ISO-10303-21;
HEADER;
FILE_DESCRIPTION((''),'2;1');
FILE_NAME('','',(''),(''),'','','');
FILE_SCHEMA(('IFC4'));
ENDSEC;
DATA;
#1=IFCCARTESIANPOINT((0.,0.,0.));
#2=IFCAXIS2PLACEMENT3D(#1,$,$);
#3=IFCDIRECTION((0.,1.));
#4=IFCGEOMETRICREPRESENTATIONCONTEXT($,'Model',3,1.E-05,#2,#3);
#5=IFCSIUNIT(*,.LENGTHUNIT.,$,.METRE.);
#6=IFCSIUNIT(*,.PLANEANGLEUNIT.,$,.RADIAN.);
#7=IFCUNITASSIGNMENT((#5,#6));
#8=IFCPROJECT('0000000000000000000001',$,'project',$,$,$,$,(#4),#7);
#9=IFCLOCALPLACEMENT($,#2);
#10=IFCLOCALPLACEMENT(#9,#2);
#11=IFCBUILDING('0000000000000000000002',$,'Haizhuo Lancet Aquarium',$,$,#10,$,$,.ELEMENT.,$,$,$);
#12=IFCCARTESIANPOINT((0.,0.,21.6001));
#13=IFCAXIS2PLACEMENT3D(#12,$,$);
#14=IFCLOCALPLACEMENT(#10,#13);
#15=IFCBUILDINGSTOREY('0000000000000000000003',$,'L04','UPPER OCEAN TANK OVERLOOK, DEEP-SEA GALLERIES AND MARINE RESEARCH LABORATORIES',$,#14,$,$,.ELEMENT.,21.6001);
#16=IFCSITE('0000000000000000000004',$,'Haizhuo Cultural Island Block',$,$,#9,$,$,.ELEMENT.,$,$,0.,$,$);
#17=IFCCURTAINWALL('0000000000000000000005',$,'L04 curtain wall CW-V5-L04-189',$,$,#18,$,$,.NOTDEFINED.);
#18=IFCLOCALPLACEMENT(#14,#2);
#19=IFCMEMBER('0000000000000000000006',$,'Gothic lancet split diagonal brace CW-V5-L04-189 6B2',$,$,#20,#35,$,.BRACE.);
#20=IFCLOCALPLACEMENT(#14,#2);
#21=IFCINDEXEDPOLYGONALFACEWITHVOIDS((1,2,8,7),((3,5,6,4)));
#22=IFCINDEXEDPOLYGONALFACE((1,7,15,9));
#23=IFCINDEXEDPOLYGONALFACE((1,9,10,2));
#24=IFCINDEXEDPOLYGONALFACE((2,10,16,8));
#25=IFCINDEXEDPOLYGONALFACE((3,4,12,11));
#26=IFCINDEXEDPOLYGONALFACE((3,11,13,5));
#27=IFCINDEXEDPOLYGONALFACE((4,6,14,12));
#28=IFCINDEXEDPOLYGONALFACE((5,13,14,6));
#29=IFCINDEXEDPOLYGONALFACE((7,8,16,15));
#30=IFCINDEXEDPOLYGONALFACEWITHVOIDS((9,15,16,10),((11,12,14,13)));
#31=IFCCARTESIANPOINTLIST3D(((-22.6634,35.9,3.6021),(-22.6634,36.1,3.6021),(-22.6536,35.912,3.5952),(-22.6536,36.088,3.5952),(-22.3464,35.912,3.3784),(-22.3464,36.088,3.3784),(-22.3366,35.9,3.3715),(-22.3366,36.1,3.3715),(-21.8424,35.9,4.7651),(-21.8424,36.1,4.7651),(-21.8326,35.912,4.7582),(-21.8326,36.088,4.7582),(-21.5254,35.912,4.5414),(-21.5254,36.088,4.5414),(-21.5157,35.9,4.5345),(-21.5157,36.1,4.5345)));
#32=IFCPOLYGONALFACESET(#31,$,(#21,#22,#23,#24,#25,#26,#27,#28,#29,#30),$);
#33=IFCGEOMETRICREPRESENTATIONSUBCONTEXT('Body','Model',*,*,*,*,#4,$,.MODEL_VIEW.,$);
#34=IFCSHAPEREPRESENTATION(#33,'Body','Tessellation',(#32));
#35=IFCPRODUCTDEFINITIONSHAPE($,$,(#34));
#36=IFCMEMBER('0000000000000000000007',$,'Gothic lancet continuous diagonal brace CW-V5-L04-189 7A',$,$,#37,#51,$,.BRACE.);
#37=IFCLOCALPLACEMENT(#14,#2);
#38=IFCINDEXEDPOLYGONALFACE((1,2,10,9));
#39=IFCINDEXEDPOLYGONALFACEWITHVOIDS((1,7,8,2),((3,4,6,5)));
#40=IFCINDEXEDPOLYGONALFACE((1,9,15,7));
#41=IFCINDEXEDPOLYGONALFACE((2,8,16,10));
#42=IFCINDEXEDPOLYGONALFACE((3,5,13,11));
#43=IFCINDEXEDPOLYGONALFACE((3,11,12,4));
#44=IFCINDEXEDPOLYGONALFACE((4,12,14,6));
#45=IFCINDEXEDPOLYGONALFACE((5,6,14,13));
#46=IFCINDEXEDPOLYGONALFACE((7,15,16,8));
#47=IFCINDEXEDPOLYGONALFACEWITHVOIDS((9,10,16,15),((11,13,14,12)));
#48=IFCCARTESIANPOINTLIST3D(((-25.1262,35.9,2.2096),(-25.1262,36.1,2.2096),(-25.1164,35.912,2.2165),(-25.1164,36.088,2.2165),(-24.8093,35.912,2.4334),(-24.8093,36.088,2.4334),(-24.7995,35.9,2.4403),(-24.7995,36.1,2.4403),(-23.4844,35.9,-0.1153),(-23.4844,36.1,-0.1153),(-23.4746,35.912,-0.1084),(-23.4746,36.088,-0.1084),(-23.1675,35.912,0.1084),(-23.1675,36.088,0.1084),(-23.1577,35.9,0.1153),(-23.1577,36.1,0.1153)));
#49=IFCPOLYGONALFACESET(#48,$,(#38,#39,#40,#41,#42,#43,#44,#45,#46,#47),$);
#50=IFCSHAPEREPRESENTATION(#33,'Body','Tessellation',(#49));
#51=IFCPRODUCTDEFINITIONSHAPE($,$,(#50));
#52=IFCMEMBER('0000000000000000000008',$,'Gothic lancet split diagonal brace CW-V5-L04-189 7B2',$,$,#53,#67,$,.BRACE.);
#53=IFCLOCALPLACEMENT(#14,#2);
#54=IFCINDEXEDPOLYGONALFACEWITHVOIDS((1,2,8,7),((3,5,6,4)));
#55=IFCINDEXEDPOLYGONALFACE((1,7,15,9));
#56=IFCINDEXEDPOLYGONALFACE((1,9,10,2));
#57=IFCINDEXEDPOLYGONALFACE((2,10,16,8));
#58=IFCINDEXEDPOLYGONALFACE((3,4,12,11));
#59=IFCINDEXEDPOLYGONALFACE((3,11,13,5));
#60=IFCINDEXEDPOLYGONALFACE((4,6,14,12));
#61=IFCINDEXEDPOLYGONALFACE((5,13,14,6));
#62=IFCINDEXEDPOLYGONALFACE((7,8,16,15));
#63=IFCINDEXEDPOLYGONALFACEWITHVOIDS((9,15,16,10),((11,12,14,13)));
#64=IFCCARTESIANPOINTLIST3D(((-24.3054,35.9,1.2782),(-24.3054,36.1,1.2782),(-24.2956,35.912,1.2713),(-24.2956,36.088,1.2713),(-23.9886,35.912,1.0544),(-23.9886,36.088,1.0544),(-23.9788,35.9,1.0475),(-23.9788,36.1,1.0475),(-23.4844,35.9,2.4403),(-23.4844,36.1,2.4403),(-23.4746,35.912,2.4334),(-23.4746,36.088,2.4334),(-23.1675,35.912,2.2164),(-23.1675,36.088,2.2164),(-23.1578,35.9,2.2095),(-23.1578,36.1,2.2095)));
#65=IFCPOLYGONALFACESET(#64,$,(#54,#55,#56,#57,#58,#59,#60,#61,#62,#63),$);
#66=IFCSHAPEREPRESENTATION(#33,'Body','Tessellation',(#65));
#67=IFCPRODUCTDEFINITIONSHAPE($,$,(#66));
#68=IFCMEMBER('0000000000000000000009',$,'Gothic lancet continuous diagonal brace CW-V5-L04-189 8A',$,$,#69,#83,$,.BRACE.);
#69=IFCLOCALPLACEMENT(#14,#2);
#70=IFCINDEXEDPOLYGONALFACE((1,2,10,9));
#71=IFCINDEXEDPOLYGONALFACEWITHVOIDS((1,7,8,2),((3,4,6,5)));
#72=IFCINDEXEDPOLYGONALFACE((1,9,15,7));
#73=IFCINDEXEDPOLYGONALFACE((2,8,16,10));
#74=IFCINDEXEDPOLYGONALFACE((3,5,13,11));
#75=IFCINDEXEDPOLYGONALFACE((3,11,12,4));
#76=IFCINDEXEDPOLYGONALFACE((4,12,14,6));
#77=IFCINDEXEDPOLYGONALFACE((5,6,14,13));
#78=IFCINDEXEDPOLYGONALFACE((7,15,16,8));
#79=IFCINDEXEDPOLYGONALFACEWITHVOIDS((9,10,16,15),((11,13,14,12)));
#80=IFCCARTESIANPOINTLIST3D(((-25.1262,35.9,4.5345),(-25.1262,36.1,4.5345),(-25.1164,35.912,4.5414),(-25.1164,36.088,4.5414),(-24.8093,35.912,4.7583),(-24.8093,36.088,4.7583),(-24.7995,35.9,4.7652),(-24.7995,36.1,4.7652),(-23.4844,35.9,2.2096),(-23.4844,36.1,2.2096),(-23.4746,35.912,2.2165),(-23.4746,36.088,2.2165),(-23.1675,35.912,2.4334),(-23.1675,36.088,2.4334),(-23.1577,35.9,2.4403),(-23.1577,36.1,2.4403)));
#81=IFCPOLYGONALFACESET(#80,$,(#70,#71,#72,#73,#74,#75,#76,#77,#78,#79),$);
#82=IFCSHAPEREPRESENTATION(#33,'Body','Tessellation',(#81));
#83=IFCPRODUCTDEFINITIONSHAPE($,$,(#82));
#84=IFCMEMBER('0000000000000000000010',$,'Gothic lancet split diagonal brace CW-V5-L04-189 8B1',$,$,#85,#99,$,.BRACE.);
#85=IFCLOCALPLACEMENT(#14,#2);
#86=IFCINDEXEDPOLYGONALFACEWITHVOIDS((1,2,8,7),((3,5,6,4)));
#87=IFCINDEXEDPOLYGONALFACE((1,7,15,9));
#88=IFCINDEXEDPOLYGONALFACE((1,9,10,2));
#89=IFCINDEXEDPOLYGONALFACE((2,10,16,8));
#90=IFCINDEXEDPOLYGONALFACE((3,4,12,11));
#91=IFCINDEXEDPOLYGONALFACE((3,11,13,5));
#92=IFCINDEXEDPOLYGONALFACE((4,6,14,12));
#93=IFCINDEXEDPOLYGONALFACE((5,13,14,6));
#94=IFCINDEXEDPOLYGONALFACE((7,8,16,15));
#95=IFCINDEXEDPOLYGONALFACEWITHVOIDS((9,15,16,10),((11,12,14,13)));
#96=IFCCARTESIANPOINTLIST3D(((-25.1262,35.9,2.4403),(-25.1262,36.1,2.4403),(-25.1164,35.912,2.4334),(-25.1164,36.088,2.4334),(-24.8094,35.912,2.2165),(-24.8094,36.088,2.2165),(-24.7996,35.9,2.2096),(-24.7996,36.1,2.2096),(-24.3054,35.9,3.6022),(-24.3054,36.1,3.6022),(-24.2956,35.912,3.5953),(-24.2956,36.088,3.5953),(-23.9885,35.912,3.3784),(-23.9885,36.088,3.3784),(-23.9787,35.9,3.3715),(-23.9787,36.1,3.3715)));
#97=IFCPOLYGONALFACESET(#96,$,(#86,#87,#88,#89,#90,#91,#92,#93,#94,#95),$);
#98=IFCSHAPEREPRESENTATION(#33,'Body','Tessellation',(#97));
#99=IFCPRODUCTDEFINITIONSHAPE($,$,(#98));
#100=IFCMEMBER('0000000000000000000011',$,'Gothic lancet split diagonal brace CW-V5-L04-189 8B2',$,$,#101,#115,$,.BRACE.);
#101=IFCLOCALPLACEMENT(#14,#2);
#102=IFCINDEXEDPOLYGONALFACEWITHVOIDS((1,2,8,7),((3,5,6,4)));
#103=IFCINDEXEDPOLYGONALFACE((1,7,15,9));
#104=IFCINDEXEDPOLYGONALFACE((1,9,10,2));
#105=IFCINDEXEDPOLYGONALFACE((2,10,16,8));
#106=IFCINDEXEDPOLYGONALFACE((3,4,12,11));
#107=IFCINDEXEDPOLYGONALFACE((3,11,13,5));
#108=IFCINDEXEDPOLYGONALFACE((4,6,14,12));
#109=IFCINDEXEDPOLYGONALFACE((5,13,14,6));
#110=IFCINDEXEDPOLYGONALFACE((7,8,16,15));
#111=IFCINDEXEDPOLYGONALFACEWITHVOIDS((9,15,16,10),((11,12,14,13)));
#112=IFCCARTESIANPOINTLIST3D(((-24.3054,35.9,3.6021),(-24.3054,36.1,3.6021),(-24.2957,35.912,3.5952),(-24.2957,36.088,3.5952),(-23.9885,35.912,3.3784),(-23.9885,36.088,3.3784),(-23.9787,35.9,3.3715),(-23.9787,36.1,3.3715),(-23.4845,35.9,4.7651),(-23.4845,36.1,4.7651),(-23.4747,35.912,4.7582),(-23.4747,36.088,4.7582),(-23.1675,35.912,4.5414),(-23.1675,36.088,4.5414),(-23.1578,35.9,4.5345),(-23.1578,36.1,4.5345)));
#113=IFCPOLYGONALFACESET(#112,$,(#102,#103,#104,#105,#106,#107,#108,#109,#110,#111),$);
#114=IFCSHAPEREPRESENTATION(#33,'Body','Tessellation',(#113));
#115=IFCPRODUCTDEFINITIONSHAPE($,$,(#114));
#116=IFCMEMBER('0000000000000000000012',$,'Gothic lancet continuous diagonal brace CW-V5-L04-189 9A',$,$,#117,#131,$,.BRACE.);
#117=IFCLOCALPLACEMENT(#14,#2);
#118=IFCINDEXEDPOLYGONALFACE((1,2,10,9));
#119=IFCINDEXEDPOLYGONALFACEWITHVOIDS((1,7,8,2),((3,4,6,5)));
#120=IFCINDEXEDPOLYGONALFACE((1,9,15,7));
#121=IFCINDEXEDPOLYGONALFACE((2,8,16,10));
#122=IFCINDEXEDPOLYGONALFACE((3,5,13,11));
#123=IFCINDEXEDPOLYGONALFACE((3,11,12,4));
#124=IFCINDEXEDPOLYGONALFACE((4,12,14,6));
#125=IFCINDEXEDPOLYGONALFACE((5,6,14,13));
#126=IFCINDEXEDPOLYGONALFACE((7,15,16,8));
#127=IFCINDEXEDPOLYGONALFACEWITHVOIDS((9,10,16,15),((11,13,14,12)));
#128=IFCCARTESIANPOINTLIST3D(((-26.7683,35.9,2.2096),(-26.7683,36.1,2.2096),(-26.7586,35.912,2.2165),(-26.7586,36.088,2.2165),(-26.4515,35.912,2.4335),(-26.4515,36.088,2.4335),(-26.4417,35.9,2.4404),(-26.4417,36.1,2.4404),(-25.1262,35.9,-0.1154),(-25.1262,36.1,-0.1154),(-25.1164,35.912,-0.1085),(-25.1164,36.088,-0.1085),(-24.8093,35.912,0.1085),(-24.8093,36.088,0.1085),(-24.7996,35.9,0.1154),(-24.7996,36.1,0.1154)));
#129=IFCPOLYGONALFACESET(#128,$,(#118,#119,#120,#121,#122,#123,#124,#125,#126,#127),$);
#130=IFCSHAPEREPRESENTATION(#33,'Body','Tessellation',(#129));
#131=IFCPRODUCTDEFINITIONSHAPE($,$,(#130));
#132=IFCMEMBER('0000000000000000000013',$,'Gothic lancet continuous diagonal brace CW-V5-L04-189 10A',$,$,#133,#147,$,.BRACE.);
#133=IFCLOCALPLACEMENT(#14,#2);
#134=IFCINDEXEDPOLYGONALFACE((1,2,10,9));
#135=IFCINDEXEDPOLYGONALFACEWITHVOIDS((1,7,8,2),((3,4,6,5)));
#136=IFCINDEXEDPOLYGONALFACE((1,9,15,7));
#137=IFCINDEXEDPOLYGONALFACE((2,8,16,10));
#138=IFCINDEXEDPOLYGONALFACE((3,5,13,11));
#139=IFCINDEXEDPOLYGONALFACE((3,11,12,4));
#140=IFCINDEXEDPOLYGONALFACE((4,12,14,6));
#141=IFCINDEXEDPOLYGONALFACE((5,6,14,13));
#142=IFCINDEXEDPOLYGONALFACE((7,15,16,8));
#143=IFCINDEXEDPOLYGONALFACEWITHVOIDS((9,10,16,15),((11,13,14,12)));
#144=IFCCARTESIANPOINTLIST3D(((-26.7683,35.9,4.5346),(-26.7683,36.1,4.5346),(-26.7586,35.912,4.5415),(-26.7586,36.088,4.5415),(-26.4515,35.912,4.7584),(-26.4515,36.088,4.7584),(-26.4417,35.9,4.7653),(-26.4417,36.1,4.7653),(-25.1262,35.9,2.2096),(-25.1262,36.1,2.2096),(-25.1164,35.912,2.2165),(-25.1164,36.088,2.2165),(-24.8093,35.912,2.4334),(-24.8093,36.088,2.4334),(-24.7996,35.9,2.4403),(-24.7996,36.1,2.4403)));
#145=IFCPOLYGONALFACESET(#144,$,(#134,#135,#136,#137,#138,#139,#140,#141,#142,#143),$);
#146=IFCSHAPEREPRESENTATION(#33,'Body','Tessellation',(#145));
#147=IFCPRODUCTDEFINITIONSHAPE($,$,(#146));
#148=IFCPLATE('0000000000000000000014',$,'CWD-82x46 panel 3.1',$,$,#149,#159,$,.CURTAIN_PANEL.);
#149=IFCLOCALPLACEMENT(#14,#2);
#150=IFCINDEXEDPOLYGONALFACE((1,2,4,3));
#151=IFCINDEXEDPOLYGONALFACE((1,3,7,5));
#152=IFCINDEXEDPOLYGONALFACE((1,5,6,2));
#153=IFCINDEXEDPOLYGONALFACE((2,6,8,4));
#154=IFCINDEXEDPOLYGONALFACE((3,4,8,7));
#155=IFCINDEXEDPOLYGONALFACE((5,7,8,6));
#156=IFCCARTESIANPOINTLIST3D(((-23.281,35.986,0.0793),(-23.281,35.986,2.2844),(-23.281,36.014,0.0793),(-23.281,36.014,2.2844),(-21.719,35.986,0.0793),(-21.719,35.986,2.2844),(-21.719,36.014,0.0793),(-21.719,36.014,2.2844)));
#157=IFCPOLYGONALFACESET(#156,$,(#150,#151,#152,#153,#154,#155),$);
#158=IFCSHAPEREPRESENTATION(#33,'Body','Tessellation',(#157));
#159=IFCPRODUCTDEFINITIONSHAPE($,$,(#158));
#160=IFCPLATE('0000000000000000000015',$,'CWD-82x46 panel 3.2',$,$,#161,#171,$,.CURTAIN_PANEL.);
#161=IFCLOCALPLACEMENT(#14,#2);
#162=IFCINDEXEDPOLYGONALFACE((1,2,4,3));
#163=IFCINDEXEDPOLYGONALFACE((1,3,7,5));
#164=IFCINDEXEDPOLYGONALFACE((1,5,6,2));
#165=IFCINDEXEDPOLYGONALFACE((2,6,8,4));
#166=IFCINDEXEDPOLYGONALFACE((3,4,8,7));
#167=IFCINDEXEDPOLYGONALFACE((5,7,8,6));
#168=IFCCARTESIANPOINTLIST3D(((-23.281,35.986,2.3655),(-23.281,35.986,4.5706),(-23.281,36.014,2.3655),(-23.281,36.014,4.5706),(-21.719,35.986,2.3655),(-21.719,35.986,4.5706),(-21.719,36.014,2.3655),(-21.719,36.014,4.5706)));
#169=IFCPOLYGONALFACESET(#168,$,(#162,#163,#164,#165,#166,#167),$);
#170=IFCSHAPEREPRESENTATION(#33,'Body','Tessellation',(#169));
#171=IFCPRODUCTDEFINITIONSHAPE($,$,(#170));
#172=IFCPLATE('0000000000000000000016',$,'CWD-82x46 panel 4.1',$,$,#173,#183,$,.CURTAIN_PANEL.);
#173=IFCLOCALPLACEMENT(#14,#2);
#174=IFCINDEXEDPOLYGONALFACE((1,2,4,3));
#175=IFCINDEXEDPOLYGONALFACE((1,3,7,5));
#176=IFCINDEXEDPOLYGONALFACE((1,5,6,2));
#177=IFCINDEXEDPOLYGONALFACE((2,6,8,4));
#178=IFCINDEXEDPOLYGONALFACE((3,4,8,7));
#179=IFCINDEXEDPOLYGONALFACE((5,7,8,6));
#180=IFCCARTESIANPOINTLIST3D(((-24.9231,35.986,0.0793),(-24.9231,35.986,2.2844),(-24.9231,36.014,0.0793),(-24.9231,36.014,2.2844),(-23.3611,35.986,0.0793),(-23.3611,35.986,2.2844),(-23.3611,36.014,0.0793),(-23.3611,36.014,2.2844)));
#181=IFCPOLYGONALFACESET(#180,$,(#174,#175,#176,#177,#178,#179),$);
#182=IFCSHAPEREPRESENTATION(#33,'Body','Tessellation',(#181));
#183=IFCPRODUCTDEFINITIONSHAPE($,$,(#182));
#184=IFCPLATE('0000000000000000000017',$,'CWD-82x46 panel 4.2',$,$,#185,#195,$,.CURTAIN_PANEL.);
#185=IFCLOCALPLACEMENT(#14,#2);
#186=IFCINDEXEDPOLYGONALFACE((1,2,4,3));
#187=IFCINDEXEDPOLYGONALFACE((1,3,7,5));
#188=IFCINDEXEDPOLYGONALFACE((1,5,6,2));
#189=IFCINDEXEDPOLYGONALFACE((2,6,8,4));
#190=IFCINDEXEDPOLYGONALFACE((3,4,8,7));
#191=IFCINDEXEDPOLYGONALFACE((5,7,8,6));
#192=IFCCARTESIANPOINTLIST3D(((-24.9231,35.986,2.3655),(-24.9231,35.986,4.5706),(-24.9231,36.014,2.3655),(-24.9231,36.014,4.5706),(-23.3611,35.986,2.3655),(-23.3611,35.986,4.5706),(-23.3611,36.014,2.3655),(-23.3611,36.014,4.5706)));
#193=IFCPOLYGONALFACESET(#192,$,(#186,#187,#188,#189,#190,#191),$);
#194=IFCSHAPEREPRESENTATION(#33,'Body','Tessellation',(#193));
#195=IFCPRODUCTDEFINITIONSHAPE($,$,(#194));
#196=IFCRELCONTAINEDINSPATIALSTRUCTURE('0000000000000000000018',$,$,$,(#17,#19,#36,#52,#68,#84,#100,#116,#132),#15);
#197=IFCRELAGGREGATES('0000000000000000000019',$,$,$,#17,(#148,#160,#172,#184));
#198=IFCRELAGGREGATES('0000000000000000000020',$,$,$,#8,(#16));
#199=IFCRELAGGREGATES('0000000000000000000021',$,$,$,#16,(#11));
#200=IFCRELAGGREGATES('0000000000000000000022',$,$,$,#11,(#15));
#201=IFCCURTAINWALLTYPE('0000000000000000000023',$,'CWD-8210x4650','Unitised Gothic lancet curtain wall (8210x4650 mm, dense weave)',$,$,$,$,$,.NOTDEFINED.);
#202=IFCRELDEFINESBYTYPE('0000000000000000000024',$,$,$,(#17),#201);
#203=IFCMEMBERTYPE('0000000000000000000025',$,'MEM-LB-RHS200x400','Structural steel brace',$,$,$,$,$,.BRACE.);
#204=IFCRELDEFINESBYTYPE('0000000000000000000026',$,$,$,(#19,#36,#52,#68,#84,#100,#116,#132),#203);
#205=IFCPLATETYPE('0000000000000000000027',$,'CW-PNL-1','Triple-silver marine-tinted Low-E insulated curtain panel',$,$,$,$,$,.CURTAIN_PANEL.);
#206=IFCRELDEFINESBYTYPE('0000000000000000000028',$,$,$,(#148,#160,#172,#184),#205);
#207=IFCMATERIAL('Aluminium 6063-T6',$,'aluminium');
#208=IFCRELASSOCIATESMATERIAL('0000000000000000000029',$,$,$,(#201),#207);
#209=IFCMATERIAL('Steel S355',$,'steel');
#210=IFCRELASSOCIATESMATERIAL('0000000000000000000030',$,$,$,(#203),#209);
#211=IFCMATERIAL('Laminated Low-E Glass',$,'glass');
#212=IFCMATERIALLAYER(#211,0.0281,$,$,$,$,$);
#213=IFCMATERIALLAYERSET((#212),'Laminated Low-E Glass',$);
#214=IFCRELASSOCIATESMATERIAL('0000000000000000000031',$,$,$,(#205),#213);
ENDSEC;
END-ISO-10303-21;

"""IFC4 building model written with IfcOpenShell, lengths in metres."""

from ifc_helpers import new_model, si_unit, direction, frame, origin, origin_2d, place, context, subcontext, project, spatial, rectangle, hollow_rectangle, extrude, material, layer, layer_set, material_profile, profile_set, type_object, element, aggregate, save


model = new_model("IFC4")

# Units and contexts
model_context = context("Model", 3, precision=1e-05, world=origin(), true_north=direction((0.0, 1.0)))
body_context = subcontext(model_context, "Body", "Model", "MODEL_VIEW")
ifc_project = project(units=[si_unit("LENGTHUNIT", "METRE"), si_unit("PLANEANGLEUNIT", "RADIAN")], contexts=[model_context])

# Site, building, storey
site_placement = place(None, origin())
site = spatial("IfcSite", under=ifc_project, at=site_placement, Name="Haizhuo Cultural Island Block", CompositionType="ELEMENT", RefElevation=0.0)
building_placement = place(site_placement, origin())
building = spatial("IfcBuilding", under=site, at=building_placement, Name="Haizhuo Lancet Aquarium", CompositionType="ELEMENT")
storey_placement = place(building_placement, frame((0.0, 0.0, 21.6001)))
storey = spatial("IfcBuildingStorey", under=building, at=storey_placement, Name="L04", Description="UPPER OCEAN TANK OVERLOOK, DEEP-SEA GALLERIES AND MARINE RESEARCH LABORATORIES", CompositionType="ELEMENT", Elevation=21.6001)

# Curtain wall
ifc_material_1 = material(Name="Aluminium 6063-T6", Category="aluminium")
curtain_wall_type = type_object("IfcCurtainWallType", Name="CWD-8210x4650", Description="Unitised Gothic lancet curtain wall (8210x4650 mm, dense weave)", PredefinedType="NOTDEFINED", material=ifc_material_1)
curtain_wall_placement = place(storey_placement, origin())
curtain_wall = element("IfcCurtainWall", 1, at=curtain_wall_placement, inside=storey, type_object=curtain_wall_type, Name="L04 curtain wall CW-V5-L04-189", PredefinedType="NOTDEFINED")

# Members
ifc_material_2 = material(Name="Steel S355", Category="steel")
ifc_material_profile_1 = material_profile(ifc_material_2, hollow_rectangle(XDim=0.2, YDim=0.3999, WallThickness=0.012, at=origin_2d()), Name="RHS 200x400x12")
ifc_profile_set_1 = profile_set([ifc_material_profile_1], Name="Steel S355")
member_type_1 = type_object("IfcMemberType", Name="MEM-LB-RHS200x400", Description="Structural steel brace", PredefinedType="BRACE", material=ifc_profile_set_1)
member_1_placement = place(storey_placement, frame((-22.5, 36.0, 3.4868), z_axis=(0.576703, 0.0, 0.816954), x_axis=(0.0, 1.0, 0.0)))
element("IfcMember", 2, at=member_1_placement, inside=storey, type_object=member_type_1, Name="Gothic lancet split diagonal brace CW-V5-L04-189 6B2", PredefinedType="BRACE", context=body_context, shape_type="SweptSolid", body=[
    extrude(hollow_rectangle(XDim=0.2, YDim=0.3999, WallThickness=0.012, at=origin_2d()), origin(), (0.0, 0.0, 1.0), 1.4236),
])
member_2_placement = place(storey_placement, frame((-23.321, 36.0, 0.0), z_axis=(-0.576848, 0.0, 0.816851), x_axis=(0.0, -1.0, 0.0)))
element("IfcMember", 3, at=member_2_placement, inside=storey, type_object=member_type_1, Name="Gothic lancet continuous diagonal brace CW-V5-L04-189 7A", PredefinedType="BRACE", context=body_context, shape_type="SweptSolid", body=[
    extrude(hollow_rectangle(XDim=0.2, YDim=0.3999, WallThickness=0.012, at=origin_2d()), origin(), (0.0, 0.0, 1.0), 2.8462),
])
member_3_placement = place(storey_placement, frame((-24.1421, 36.0, 1.1628), z_axis=(0.577027, 0.0, 0.816725), x_axis=(0.0, 1.0, 0.0)))
element("IfcMember", 4, at=member_3_placement, inside=storey, type_object=member_type_1, Name="Gothic lancet split diagonal brace CW-V5-L04-189 7B2", PredefinedType="BRACE", context=body_context, shape_type="SweptSolid", body=[
    extrude(hollow_rectangle(XDim=0.2, YDim=0.3999, WallThickness=0.012, at=origin_2d()), origin(), (0.0, 0.0, 1.0), 1.4229),
])
member_4_placement = place(storey_placement, frame((-23.321, 36.0, 2.325), z_axis=(-0.576848, 0.0, 0.816851), x_axis=(0.0, -1.0, 0.0)))
element("IfcMember", 5, at=member_4_placement, inside=storey, type_object=member_type_1, Name="Gothic lancet continuous diagonal brace CW-V5-L04-189 8A", PredefinedType="BRACE", context=body_context, shape_type="SweptSolid", body=[
    extrude(hollow_rectangle(XDim=0.2, YDim=0.3999, WallThickness=0.012, at=origin_2d()), origin(), (0.0, 0.0, 1.0), 2.8462),
])
member_5_placement = place(storey_placement, frame((-24.9629, 36.0, 2.325), z_axis=(0.576993, 0.0, 0.816749), x_axis=(0.0, 1.0, 0.0)))
element("IfcMember", 6, at=member_5_placement, inside=storey, type_object=member_type_1, Name="Gothic lancet split diagonal brace CW-V5-L04-189 8B1", PredefinedType="BRACE", context=body_context, shape_type="SweptSolid", body=[
    extrude(hollow_rectangle(XDim=0.2, YDim=0.3999, WallThickness=0.012, at=origin_2d()), origin(), (0.0, 0.0, 1.0), 1.4226),
])
member_6_placement = place(storey_placement, frame((-24.1421, 36.0, 3.4868), z_axis=(0.576703, 0.0, 0.816954), x_axis=(0.0, 1.0, 0.0)))
element("IfcMember", 7, at=member_6_placement, inside=storey, type_object=member_type_1, Name="Gothic lancet split diagonal brace CW-V5-L04-189 8B2", PredefinedType="BRACE", context=body_context, shape_type="SweptSolid", body=[
    extrude(hollow_rectangle(XDim=0.2, YDim=0.3999, WallThickness=0.012, at=origin_2d()), origin(), (0.0, 0.0, 1.0), 1.4236),
])
for number, where, z_axis, x_axis, name in (
    (8, (-24.9629, 36.0, 0.0), (-0.576905, 0.0, 0.816811), (0.0, -1.0, 0.0), "Gothic lancet continuous diagonal brace CW-V5-L04-189 9A"),
    (9, (-24.9629, 36.0, 2.325), (-0.576905, 0.0, 0.816811), (0.0, -1.0, 0.0), "Gothic lancet continuous diagonal brace CW-V5-L04-189 10A"),
):
    element("IfcMember", number, at=place(storey_placement, frame(where, z_axis=z_axis, x_axis=x_axis)), inside=storey, type_object=member_type_1, Name=name, PredefinedType="BRACE", context=body_context, shape_type="SweptSolid", body=[
        extrude(hollow_rectangle(XDim=0.2, YDim=0.3999, WallThickness=0.012, at=origin_2d()), origin(), (0.0, 0.0, 1.0), 2.8464),
    ])

# Plates
ifc_material_3 = material(Name="Laminated Low-E Glass", Category="glass")
ifc_layer = layer(ifc_material_3, 0.0281)
ifc_layer_set = layer_set([ifc_layer], Name="Laminated Low-E Glass")
plate_type = type_object("IfcPlateType", Name="CW-PNL-1", Description="Triple-silver marine-tinted Low-E insulated curtain panel", PredefinedType="CURTAIN_PANEL", material=ifc_layer_set)
plate_1_placement = place(storey_placement, frame((-22.5, 36.0, 0.0793), z_axis=(0.0, 0.0, 1.0), x_axis=(-1.0, 0.0, 0.0)))
plate_1 = element("IfcPlate", 10, at=plate_1_placement, type_object=plate_type, Name="CWD-82x46 panel 3.1", PredefinedType="CURTAIN_PANEL", context=body_context, shape_type="SweptSolid", body=[
    extrude(rectangle(XDim=1.562, YDim=0.0281, at=origin_2d()), origin(), (0.0, 0.0, 1.0), 2.2051),
])
plate_2_placement = place(storey_placement, frame((-22.5, 36.0, 2.3655), z_axis=(0.0, 0.0, 1.0), x_axis=(-1.0, 0.0, 0.0)))
plate_2 = element("IfcPlate", 11, at=plate_2_placement, type_object=plate_type, Name="CWD-82x46 panel 3.2", PredefinedType="CURTAIN_PANEL", context=body_context, shape_type="SweptSolid", body=[
    extrude(rectangle(XDim=1.562, YDim=0.0281, at=origin_2d()), origin(), (0.0, 0.0, 1.0), 2.2051),
])
plate_3_placement = place(storey_placement, frame((-24.1421, 36.0, 0.0793), z_axis=(0.0, 0.0, 1.0), x_axis=(-1.0, 0.0, 0.0)))
plate_3 = element("IfcPlate", 12, at=plate_3_placement, type_object=plate_type, Name="CWD-82x46 panel 4.1", PredefinedType="CURTAIN_PANEL", context=body_context, shape_type="SweptSolid", body=[
    extrude(rectangle(XDim=1.562, YDim=0.0281, at=origin_2d()), origin(), (0.0, 0.0, 1.0), 2.2051),
])
plate_4_placement = place(storey_placement, frame((-24.1421, 36.0, 2.3655), z_axis=(0.0, 0.0, 1.0), x_axis=(-1.0, 0.0, 0.0)))
plate_4 = element("IfcPlate", 13, at=plate_4_placement, type_object=plate_type, Name="CWD-82x46 panel 4.2", PredefinedType="CURTAIN_PANEL", context=body_context, shape_type="SweptSolid", body=[
    extrude(rectangle(XDim=1.562, YDim=0.0281, at=origin_2d()), origin(), (0.0, 0.0, 1.0), 2.2051),
])
aggregate(curtain_wall, [plate_1, plate_2, plate_3, plate_4])

save(model, "model.ifc")
